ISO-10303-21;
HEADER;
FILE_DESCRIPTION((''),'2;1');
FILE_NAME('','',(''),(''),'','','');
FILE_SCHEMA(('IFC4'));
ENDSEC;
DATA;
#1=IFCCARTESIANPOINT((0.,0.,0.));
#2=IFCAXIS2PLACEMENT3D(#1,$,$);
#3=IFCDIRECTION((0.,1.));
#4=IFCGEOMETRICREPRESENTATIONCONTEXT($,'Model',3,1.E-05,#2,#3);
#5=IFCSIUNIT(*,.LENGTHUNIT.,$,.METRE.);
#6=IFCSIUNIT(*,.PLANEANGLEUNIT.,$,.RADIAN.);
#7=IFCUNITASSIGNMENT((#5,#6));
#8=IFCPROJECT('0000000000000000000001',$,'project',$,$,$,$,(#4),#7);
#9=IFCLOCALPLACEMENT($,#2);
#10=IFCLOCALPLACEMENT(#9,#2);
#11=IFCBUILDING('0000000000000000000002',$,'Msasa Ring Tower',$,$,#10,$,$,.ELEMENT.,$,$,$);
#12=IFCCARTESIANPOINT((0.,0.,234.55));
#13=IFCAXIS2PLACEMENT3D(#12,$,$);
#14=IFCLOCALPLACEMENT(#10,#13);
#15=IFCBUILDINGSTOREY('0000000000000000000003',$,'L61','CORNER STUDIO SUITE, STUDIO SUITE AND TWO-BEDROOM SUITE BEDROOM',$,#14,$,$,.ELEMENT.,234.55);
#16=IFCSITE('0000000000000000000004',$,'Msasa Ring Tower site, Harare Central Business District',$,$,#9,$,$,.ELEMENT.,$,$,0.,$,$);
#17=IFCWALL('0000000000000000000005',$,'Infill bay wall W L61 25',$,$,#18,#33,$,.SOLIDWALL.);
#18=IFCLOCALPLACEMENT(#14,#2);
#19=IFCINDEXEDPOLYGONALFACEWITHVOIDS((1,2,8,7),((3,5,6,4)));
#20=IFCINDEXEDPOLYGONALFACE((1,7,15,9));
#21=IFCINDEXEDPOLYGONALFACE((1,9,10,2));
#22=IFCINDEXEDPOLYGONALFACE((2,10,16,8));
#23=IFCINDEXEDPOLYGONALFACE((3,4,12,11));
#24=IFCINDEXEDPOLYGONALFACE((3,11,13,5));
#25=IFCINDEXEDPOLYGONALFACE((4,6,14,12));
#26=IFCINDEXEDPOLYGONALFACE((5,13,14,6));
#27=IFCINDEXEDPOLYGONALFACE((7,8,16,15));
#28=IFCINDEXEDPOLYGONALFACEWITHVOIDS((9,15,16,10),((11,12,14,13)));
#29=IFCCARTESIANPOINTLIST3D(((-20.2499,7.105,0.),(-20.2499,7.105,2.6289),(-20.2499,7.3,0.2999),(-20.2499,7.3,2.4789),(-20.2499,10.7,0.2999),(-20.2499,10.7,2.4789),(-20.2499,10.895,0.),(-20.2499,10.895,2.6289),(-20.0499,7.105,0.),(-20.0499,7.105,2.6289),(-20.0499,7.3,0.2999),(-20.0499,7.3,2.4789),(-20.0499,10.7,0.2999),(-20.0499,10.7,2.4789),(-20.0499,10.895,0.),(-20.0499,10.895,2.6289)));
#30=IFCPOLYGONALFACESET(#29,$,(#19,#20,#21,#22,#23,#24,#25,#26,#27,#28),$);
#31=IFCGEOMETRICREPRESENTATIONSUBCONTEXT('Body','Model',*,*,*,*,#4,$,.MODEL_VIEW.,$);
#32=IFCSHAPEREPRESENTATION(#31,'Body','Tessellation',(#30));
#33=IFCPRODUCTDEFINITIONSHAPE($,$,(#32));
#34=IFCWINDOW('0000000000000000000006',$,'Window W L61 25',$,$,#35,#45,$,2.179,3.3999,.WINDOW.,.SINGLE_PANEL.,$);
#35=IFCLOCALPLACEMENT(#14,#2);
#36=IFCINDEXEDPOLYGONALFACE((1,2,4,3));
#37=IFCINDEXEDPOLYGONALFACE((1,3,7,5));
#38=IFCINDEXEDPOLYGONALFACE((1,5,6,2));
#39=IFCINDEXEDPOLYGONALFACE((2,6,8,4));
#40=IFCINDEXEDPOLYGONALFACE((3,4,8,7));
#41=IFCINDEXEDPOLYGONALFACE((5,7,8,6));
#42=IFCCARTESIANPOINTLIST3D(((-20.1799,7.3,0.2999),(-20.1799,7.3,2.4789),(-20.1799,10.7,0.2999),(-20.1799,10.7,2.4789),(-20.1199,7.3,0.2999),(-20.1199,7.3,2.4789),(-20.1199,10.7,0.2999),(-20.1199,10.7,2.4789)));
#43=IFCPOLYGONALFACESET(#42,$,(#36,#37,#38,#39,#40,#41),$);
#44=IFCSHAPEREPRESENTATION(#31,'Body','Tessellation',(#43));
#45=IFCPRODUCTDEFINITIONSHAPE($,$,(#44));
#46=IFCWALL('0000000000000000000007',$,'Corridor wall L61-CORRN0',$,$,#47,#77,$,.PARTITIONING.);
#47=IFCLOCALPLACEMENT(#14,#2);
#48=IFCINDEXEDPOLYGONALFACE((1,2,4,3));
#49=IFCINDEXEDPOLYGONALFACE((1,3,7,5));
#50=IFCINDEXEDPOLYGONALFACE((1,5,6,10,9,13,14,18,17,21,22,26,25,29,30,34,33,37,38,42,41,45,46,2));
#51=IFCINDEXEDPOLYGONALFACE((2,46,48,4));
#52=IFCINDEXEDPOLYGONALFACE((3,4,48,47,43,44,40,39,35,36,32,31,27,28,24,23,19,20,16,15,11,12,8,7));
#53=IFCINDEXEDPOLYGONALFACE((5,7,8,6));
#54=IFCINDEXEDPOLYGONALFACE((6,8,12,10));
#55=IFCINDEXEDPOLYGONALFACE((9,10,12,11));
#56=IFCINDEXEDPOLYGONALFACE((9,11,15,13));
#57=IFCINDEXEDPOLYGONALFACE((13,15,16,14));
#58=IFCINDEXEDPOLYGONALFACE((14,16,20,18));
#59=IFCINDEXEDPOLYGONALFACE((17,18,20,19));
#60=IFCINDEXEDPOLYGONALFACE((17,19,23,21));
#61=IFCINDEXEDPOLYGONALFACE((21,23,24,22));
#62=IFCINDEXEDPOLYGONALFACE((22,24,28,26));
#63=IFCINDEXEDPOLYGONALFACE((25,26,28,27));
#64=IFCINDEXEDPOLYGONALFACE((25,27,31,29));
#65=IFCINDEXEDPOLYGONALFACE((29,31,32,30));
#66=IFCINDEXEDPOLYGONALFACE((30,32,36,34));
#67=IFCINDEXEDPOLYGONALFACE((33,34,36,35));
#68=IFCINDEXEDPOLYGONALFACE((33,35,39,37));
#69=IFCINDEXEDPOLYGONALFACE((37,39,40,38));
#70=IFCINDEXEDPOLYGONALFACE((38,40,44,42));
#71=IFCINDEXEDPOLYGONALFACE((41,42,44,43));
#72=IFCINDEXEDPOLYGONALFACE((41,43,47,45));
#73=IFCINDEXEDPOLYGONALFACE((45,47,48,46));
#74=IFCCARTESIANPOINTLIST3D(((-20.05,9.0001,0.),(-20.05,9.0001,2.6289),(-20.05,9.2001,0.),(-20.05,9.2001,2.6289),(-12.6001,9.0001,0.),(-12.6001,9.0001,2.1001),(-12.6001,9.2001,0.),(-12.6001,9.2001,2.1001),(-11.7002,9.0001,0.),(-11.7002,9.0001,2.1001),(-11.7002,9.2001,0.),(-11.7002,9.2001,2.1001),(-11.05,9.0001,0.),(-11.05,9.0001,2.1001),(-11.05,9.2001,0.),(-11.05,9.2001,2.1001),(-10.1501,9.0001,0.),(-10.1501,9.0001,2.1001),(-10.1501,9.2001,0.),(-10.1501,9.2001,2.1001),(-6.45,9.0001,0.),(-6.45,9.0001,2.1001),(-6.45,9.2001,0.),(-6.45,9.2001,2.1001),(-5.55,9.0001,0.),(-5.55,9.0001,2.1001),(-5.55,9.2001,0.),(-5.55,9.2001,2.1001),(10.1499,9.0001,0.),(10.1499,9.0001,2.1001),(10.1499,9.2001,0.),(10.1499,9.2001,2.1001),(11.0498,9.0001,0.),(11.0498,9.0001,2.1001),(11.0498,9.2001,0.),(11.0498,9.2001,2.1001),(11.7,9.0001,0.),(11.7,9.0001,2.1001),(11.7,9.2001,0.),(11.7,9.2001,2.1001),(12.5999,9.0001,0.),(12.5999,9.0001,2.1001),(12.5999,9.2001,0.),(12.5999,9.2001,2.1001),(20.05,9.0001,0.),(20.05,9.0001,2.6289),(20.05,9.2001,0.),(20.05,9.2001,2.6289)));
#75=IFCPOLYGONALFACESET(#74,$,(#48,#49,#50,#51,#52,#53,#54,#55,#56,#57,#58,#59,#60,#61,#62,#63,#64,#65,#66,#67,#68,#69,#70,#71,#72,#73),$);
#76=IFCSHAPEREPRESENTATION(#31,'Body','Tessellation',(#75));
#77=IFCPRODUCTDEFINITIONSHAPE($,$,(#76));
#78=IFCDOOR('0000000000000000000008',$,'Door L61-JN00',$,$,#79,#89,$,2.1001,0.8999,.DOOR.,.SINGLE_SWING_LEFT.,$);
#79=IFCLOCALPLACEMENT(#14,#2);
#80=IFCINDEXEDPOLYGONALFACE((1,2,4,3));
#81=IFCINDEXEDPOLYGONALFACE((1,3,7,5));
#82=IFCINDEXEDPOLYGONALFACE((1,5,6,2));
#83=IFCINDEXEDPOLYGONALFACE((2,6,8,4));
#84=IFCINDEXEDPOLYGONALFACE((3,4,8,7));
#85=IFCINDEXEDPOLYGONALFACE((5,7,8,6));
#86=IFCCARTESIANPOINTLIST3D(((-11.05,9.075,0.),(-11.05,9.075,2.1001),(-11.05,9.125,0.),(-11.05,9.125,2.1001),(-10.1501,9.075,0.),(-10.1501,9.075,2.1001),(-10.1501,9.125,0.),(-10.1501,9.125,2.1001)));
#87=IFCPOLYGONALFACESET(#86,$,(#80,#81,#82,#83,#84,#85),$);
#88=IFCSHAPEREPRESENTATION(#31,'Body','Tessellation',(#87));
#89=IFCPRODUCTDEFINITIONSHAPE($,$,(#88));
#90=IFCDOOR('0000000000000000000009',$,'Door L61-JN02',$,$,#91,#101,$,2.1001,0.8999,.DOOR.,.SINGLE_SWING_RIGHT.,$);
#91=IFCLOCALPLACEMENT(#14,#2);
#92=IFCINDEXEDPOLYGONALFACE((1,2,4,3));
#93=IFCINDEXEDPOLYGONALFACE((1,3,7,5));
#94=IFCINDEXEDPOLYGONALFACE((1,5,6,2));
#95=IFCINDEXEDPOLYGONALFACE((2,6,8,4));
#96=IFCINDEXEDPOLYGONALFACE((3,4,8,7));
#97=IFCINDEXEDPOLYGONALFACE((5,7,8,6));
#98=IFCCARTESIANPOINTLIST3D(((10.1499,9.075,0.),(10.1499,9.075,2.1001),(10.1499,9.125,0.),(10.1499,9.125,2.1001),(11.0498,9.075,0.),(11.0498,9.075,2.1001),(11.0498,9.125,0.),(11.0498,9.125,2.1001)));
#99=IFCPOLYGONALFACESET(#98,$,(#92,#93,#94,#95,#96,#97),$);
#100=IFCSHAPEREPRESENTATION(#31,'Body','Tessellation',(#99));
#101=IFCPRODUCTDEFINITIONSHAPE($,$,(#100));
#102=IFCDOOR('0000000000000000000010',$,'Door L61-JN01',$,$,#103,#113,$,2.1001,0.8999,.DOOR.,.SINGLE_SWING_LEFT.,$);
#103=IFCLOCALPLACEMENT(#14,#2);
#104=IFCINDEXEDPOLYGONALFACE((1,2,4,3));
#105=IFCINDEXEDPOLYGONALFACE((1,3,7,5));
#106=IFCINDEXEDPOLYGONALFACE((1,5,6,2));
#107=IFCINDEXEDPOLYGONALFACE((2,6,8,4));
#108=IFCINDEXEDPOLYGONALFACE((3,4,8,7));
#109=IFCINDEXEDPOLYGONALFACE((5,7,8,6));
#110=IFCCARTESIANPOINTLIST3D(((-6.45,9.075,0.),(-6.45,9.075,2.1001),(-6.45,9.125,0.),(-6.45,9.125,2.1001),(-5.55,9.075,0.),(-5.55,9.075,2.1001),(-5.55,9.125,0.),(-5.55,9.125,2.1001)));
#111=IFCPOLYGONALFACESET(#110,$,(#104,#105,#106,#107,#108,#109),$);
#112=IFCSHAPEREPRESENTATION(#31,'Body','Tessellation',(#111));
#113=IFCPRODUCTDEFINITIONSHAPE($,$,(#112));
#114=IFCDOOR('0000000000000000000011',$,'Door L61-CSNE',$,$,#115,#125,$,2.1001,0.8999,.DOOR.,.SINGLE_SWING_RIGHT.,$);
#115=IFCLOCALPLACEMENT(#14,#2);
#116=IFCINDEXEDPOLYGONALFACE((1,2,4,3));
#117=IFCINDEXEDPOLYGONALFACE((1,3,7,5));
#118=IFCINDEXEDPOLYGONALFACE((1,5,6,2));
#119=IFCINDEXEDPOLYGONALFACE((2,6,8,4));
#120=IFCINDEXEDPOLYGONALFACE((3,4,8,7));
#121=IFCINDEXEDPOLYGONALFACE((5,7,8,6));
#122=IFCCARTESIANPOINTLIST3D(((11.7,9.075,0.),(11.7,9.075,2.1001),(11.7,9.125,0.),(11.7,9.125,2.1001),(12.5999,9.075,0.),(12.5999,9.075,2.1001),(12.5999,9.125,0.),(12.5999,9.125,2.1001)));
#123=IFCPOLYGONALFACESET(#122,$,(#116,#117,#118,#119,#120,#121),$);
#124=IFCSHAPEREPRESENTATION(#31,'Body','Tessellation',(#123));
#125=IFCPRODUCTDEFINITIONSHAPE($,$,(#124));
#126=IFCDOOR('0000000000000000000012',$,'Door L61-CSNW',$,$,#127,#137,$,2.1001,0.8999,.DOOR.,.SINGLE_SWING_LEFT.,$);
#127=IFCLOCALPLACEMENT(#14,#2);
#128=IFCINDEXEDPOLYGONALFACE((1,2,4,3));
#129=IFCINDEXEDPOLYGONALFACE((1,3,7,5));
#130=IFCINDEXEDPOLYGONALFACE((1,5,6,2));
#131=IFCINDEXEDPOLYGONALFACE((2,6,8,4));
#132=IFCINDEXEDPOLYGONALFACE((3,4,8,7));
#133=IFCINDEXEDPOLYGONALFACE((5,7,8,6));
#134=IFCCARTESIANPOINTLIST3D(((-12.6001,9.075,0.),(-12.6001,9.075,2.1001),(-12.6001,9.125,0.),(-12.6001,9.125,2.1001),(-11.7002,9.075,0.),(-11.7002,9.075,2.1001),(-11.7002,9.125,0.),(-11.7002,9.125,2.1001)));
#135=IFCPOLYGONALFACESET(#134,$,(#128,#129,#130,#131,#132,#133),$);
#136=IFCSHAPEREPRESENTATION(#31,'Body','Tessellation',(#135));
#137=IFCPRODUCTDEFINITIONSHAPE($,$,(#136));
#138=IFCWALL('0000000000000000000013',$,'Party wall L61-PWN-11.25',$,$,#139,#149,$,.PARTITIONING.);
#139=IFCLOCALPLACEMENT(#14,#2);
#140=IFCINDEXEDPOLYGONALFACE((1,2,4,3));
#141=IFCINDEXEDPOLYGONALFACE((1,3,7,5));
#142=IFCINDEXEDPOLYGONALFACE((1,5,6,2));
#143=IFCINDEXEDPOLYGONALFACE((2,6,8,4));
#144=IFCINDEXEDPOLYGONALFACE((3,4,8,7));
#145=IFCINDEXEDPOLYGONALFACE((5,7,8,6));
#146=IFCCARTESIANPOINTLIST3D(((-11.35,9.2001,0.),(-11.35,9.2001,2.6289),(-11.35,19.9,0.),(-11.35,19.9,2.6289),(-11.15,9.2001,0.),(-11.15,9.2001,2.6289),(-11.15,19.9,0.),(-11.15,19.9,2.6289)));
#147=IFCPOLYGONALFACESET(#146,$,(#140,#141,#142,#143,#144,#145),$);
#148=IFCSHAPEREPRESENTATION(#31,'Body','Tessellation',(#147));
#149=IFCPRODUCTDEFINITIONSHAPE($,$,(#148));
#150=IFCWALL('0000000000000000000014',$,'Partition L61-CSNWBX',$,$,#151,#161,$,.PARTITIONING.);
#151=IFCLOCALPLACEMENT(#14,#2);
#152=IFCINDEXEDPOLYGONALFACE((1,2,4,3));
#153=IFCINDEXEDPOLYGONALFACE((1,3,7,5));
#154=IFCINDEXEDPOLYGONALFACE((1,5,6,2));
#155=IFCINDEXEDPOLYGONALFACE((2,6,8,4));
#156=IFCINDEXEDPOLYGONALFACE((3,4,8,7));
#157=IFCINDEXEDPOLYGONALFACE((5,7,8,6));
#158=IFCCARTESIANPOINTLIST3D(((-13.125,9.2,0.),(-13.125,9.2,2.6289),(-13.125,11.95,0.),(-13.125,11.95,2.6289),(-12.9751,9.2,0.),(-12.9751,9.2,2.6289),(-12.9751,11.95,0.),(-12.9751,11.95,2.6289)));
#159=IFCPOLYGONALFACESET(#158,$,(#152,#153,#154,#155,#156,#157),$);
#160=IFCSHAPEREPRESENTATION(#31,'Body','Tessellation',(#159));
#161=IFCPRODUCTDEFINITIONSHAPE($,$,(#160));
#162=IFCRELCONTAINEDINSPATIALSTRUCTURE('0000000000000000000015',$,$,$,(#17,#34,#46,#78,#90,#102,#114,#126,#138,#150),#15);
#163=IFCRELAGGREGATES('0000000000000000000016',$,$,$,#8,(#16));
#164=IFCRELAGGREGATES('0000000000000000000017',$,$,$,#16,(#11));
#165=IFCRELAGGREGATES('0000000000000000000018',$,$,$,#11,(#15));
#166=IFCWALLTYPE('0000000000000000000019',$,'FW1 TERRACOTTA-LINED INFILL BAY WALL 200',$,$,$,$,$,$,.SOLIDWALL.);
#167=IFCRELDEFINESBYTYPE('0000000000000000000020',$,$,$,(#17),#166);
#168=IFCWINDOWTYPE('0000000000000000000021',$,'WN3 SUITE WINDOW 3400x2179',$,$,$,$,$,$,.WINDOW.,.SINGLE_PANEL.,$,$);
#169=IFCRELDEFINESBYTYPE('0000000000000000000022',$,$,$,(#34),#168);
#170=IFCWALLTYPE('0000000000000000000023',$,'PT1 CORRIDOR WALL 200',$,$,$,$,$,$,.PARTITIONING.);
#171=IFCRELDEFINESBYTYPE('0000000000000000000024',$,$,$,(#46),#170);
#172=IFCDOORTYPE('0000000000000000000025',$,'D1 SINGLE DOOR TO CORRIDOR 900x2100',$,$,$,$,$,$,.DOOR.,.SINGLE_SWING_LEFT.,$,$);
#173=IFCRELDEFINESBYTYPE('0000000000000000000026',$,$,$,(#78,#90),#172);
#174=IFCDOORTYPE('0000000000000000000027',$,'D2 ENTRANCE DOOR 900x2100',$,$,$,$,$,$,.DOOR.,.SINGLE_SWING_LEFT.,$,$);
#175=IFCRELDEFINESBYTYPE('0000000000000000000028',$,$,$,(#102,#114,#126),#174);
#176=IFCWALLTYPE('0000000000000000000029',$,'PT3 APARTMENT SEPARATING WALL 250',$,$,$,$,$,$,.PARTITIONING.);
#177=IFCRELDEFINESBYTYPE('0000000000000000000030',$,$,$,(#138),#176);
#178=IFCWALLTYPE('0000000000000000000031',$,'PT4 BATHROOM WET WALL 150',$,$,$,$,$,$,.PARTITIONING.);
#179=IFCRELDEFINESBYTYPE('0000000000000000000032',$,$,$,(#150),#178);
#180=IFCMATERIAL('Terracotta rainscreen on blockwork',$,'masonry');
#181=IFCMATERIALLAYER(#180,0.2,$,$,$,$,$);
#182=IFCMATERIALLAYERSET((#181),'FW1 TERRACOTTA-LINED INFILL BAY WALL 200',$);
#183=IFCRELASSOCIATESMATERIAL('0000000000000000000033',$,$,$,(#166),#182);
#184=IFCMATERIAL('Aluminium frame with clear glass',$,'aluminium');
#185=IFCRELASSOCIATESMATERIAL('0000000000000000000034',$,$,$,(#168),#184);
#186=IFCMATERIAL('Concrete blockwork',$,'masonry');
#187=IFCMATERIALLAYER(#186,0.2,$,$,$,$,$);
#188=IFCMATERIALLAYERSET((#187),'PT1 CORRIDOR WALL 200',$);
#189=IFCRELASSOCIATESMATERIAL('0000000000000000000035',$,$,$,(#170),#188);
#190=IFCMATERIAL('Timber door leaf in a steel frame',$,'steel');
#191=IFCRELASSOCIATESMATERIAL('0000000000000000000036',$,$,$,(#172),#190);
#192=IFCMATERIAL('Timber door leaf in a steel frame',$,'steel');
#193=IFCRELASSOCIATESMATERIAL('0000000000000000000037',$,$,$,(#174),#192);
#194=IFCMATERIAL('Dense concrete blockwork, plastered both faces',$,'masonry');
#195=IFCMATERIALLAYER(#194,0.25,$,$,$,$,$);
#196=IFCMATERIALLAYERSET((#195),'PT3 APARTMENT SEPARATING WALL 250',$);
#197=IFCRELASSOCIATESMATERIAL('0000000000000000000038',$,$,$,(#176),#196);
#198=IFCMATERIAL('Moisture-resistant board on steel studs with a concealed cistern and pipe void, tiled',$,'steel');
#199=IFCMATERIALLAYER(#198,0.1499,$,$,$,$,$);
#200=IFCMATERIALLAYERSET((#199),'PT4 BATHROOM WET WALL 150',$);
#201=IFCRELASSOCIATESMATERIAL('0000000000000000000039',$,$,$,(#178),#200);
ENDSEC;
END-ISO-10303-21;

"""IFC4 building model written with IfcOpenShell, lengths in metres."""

from ifc_helpers import new_model, si_unit, direction, frame, frame_2d, origin, place, context, subcontext, project, spatial, rectangle, extrude, material, layer, layer_set, type_object, element, fill, save


model = new_model("IFC4")

# Units and contexts
model_context = context("Model", 3, precision=1e-05, world=origin(), true_north=direction((0.0, 1.0)))
body_context = subcontext(model_context, "Body", "Model", "MODEL_VIEW")
ifc_project = project(units=[si_unit("LENGTHUNIT", "METRE"), si_unit("PLANEANGLEUNIT", "RADIAN")], contexts=[model_context])

# Site, building, storey
site_placement = place(None, origin())
site = spatial("IfcSite", under=ifc_project, at=site_placement, Name="Msasa Ring Tower site, Harare Central Business District", CompositionType="ELEMENT", RefElevation=0.0)
building_placement = place(site_placement, origin())
building = spatial("IfcBuilding", under=site, at=building_placement, Name="Msasa Ring Tower", CompositionType="ELEMENT")
storey_placement = place(building_placement, frame((0.0, 0.0, 234.55)))
storey = spatial("IfcBuildingStorey", under=building, at=storey_placement, Name="L61", Description="CORNER STUDIO SUITE, STUDIO SUITE AND TWO-BEDROOM SUITE BEDROOM", CompositionType="ELEMENT", Elevation=234.55)

# Wall, opening, window
ifc_material_1 = material(Name="Terracotta rainscreen on blockwork", Category="masonry")
ifc_layer_1 = layer(ifc_material_1, 0.2)
ifc_layer_set_1 = layer_set([ifc_layer_1], Name="FW1 TERRACOTTA-LINED INFILL BAY WALL 200")
wall_type_1 = type_object("IfcWallType", Name="FW1 TERRACOTTA-LINED INFILL BAY WALL 200", PredefinedType="SOLIDWALL", material=ifc_layer_set_1)
wall_1_placement = place(storey_placement, frame((-20.1499, 7.105, 0.0), z_axis=(0.0, 0.0, 1.0), x_axis=(0.0, 1.0, 0.0)))
wall_1 = element("IfcWall", 1, at=wall_1_placement, inside=storey, type_object=wall_type_1, Name="Infill bay wall W L61 25", PredefinedType="SOLIDWALL", context=body_context, shape_type="SweptSolid", body=[
    extrude(rectangle(XDim=3.79, YDim=0.2, at=frame_2d((1.895, 0.0))), origin(), (0.0, 0.0, 1.0), 2.6289),
])
opening_1_placement = place(wall_1_placement, frame((0.1951, 0.0, 0.3)))
opening_1 = element("IfcOpeningElement", 2, at=opening_1_placement, cuts=wall_1, PredefinedType="OPENING", context=body_context, shape_type="SweptSolid", body=[
    extrude(rectangle(XDim=3.3999, YDim=2.179, at=frame_2d((1.7, 1.0894))), frame((0.0, 0.1099, 0.0), z_axis=(0.0, -1.0, 0.0), x_axis=(1.0, 0.0, 0.0)), (0.0, 0.0, 1.0), 0.22),
])
ifc_material_2 = material(Name="Aluminium frame with clear glass", Category="aluminium")
window_type = type_object("IfcWindowType", Name="WN3 SUITE WINDOW 3400x2179", PartitioningType="SINGLE_PANEL", PredefinedType="WINDOW", material=ifc_material_2)
window_placement = place(opening_1_placement, origin())
window = element("IfcWindow", 3, at=window_placement, inside=storey, type_object=window_type, Name="Window W L61 25", OverallHeight=2.179, OverallWidth=3.3999, PartitioningType="SINGLE_PANEL", PredefinedType="WINDOW", context=body_context, shape_type="SweptSolid", body=[
    extrude(rectangle(XDim=3.3999, YDim=2.179, at=frame_2d((1.7, 1.0894))), frame((0.0, 0.03, 0.0), z_axis=(0.0, -1.0, 0.0), x_axis=(1.0, 0.0, 0.0)), (0.0, 0.0, 1.0), 0.0601),
])
fill(opening_1, window)

# Wall, openings, doors
ifc_material_3 = material(Name="Concrete blockwork", Category="masonry")
ifc_layer_2 = layer(ifc_material_3, 0.2)
ifc_layer_set_2 = layer_set([ifc_layer_2], Name="PT1 CORRIDOR WALL 200")
wall_type_2 = type_object("IfcWallType", Name="PT1 CORRIDOR WALL 200", PredefinedType="PARTITIONING", material=ifc_layer_set_2)
wall_2_placement = place(storey_placement, frame((-20.05, 9.1001, 0.0), z_axis=(0.0, 0.0, 1.0), x_axis=(1.0, 0.0, 0.0)))
wall_2 = element("IfcWall", 4, at=wall_2_placement, inside=storey, type_object=wall_type_2, Name="Corridor wall L61-CORRN0", PredefinedType="PARTITIONING", context=body_context, shape_type="SweptSolid", body=[
    extrude(rectangle(XDim=40.1001, YDim=0.2, at=frame_2d((20.05, 0.0))), origin(), (0.0, 0.0, 1.0), 2.6289),
])
opening_2_placement = place(wall_2_placement, frame((9.0, 0.0, 0.0)))
opening_2 = element("IfcOpeningElement", 5, at=opening_2_placement, cuts=wall_2, PredefinedType="OPENING", context=body_context, shape_type="SweptSolid", body=[
    extrude(rectangle(XDim=0.8999, YDim=2.1001, at=frame_2d((0.45, 1.05))), frame((0.0, 0.1099, 0.0), z_axis=(0.0, -1.0, 0.0), x_axis=(1.0, 0.0, 0.0)), (0.0, 0.0, 1.0), 0.22),
])
opening_3_placement = place(wall_2_placement, frame((13.6001, 0.0, 0.0)))
opening_3 = element("IfcOpeningElement", 6, at=opening_3_placement, cuts=wall_2, PredefinedType="OPENING", context=body_context, shape_type="SweptSolid", body=[
    extrude(rectangle(XDim=0.8999, YDim=2.1001, at=frame_2d((0.45, 1.05))), frame((0.0, 0.1099, 0.0), z_axis=(0.0, -1.0, 0.0), x_axis=(1.0, 0.0, 0.0)), (0.0, 0.0, 1.0), 0.22),
])
opening_4_placement = place(wall_2_placement, frame((30.2, 0.0, 0.0)))
opening_4 = element("IfcOpeningElement", 7, at=opening_4_placement, cuts=wall_2, PredefinedType="OPENING", context=body_context, shape_type="SweptSolid", body=[
    extrude(rectangle(XDim=0.8999, YDim=2.1001, at=frame_2d((0.45, 1.05))), frame((0.0, 0.1099, 0.0), z_axis=(0.0, -1.0, 0.0), x_axis=(1.0, 0.0, 0.0)), (0.0, 0.0, 1.0), 0.22),
])
opening_5_placement = place(wall_2_placement, frame((31.75, 0.0, 0.0)))
opening_5 = element("IfcOpeningElement", 8, at=opening_5_placement, cuts=wall_2, PredefinedType="OPENING", context=body_context, shape_type="SweptSolid", body=[
    extrude(rectangle(XDim=0.8999, YDim=2.1001, at=frame_2d((0.45, 1.05))), frame((0.0, 0.1099, 0.0), z_axis=(0.0, -1.0, 0.0), x_axis=(1.0, 0.0, 0.0)), (0.0, 0.0, 1.0), 0.22),
])
opening_6_placement = place(wall_2_placement, frame((7.45, 0.0, 0.0)))
opening_6 = element("IfcOpeningElement", 9, at=opening_6_placement, cuts=wall_2, PredefinedType="OPENING", context=body_context, shape_type="SweptSolid", body=[
    extrude(rectangle(XDim=0.8999, YDim=2.1001, at=frame_2d((0.45, 1.05))), frame((0.0, 0.1099, 0.0), z_axis=(0.0, -1.0, 0.0), x_axis=(1.0, 0.0, 0.0)), (0.0, 0.0, 1.0), 0.22),
])
ifc_material_4 = material(Name="Timber door leaf in a steel frame", Category="steel")
door_type_1 = type_object("IfcDoorType", Name="D1 SINGLE DOOR TO CORRIDOR 900x2100", OperationType="SINGLE_SWING_LEFT", PredefinedType="DOOR", material=ifc_material_4)
door_1_placement = place(opening_2_placement, origin())
door_1 = element("IfcDoor", 10, at=door_1_placement, inside=storey, type_object=door_type_1, Name="Door L61-JN00", OperationType="SINGLE_SWING_LEFT", OverallHeight=2.1001, OverallWidth=0.8999, PredefinedType="DOOR", context=body_context, shape_type="SweptSolid", body=[
    extrude(rectangle(XDim=0.8999, YDim=2.1001, at=frame_2d((0.45, 1.05))), frame((0.0, 0.0249, 0.0), z_axis=(0.0, -1.0, 0.0), x_axis=(1.0, 0.0, 0.0)), (0.0, 0.0, 1.0), 0.05),
])
fill(opening_2, door_1)
door_2_placement = place(opening_4_placement, origin())
door_2 = element("IfcDoor", 11, at=door_2_placement, inside=storey, type_object=door_type_1, Name="Door L61-JN02", OperationType="SINGLE_SWING_RIGHT", OverallHeight=2.1001, OverallWidth=0.8999, PredefinedType="DOOR", context=body_context, shape_type="SweptSolid", body=[
    extrude(rectangle(XDim=0.8999, YDim=2.1001, at=frame_2d((0.45, 1.05))), frame((0.0, 0.0249, 0.0), z_axis=(0.0, -1.0, 0.0), x_axis=(1.0, 0.0, 0.0)), (0.0, 0.0, 1.0), 0.05),
])
fill(opening_4, door_2)
ifc_material_5 = material(Name="Timber door leaf in a steel frame", Category="steel")
door_type_2 = type_object("IfcDoorType", Name="D2 ENTRANCE DOOR 900x2100", OperationType="SINGLE_SWING_LEFT", PredefinedType="DOOR", material=ifc_material_5)
door_3_placement = place(opening_3_placement, origin())
door_3 = element("IfcDoor", 12, at=door_3_placement, inside=storey, type_object=door_type_2, Name="Door L61-JN01", OperationType="SINGLE_SWING_LEFT", OverallHeight=2.1001, OverallWidth=0.8999, PredefinedType="DOOR", context=body_context, shape_type="SweptSolid", body=[
    extrude(rectangle(XDim=0.8999, YDim=2.1001, at=frame_2d((0.45, 1.05))), frame((0.0, 0.0249, 0.0), z_axis=(0.0, -1.0, 0.0), x_axis=(1.0, 0.0, 0.0)), (0.0, 0.0, 1.0), 0.05),
])
fill(opening_3, door_3)
door_4_placement = place(opening_5_placement, origin())
door_4 = element("IfcDoor", 13, at=door_4_placement, inside=storey, type_object=door_type_2, Name="Door L61-CSNE", OperationType="SINGLE_SWING_RIGHT", OverallHeight=2.1001, OverallWidth=0.8999, PredefinedType="DOOR", context=body_context, shape_type="SweptSolid", body=[
    extrude(rectangle(XDim=0.8999, YDim=2.1001, at=frame_2d((0.45, 1.05))), frame((0.0, 0.0249, 0.0), z_axis=(0.0, -1.0, 0.0), x_axis=(1.0, 0.0, 0.0)), (0.0, 0.0, 1.0), 0.05),
])
fill(opening_5, door_4)
door_5_placement = place(opening_6_placement, origin())
door_5 = element("IfcDoor", 14, at=door_5_placement, inside=storey, type_object=door_type_2, Name="Door L61-CSNW", OperationType="SINGLE_SWING_LEFT", OverallHeight=2.1001, OverallWidth=0.8999, PredefinedType="DOOR", context=body_context, shape_type="SweptSolid", body=[
    extrude(rectangle(XDim=0.8999, YDim=2.1001, at=frame_2d((0.45, 1.05))), frame((0.0, 0.0249, 0.0), z_axis=(0.0, -1.0, 0.0), x_axis=(1.0, 0.0, 0.0)), (0.0, 0.0, 1.0), 0.05),
])
fill(opening_6, door_5)

# Walls
ifc_material_6 = material(Name="Dense concrete blockwork, plastered both faces", Category="masonry")
ifc_layer_3 = layer(ifc_material_6, 0.25)
ifc_layer_set_3 = layer_set([ifc_layer_3], Name="PT3 APARTMENT SEPARATING WALL 250")
wall_type_3 = type_object("IfcWallType", Name="PT3 APARTMENT SEPARATING WALL 250", PredefinedType="PARTITIONING", material=ifc_layer_set_3)
wall_3_placement = place(storey_placement, frame((-11.25, 9.2, 0.0), z_axis=(0.0, 0.0, 1.0), x_axis=(0.0, 1.0, 0.0)))
element("IfcWall", 15, at=wall_3_placement, inside=storey, type_object=wall_type_3, Name="Party wall L61-PWN-11.25", PredefinedType="PARTITIONING", context=body_context, shape_type="SweptSolid", body=[
    extrude(rectangle(XDim=10.7, YDim=0.2, at=frame_2d((5.3501, 0.0))), origin(), (0.0, 0.0, 1.0), 2.6289),
])
ifc_material_7 = material(Name="Moisture-resistant board on steel studs with a concealed cistern and pipe void, tiled", Category="steel")
ifc_layer_4 = layer(ifc_material_7, 0.1499)
ifc_layer_set_4 = layer_set([ifc_layer_4], Name="PT4 BATHROOM WET WALL 150")
wall_type_4 = type_object("IfcWallType", Name="PT4 BATHROOM WET WALL 150", PredefinedType="PARTITIONING", material=ifc_layer_set_4)
wall_4_placement = place(storey_placement, frame((-13.05, 9.2, 0.0), z_axis=(0.0, 0.0, 1.0), x_axis=(0.0, 1.0, 0.0)))
element("IfcWall", 16, at=wall_4_placement, inside=storey, type_object=wall_type_4, Name="Partition L61-CSNWBX", PredefinedType="PARTITIONING", context=body_context, shape_type="SweptSolid", body=[
    extrude(rectangle(XDim=2.75, YDim=0.1499, at=frame_2d((1.375, 0.0))), origin(), (0.0, 0.0, 1.0), 2.6289),
])

save(model, "model.ifc")
